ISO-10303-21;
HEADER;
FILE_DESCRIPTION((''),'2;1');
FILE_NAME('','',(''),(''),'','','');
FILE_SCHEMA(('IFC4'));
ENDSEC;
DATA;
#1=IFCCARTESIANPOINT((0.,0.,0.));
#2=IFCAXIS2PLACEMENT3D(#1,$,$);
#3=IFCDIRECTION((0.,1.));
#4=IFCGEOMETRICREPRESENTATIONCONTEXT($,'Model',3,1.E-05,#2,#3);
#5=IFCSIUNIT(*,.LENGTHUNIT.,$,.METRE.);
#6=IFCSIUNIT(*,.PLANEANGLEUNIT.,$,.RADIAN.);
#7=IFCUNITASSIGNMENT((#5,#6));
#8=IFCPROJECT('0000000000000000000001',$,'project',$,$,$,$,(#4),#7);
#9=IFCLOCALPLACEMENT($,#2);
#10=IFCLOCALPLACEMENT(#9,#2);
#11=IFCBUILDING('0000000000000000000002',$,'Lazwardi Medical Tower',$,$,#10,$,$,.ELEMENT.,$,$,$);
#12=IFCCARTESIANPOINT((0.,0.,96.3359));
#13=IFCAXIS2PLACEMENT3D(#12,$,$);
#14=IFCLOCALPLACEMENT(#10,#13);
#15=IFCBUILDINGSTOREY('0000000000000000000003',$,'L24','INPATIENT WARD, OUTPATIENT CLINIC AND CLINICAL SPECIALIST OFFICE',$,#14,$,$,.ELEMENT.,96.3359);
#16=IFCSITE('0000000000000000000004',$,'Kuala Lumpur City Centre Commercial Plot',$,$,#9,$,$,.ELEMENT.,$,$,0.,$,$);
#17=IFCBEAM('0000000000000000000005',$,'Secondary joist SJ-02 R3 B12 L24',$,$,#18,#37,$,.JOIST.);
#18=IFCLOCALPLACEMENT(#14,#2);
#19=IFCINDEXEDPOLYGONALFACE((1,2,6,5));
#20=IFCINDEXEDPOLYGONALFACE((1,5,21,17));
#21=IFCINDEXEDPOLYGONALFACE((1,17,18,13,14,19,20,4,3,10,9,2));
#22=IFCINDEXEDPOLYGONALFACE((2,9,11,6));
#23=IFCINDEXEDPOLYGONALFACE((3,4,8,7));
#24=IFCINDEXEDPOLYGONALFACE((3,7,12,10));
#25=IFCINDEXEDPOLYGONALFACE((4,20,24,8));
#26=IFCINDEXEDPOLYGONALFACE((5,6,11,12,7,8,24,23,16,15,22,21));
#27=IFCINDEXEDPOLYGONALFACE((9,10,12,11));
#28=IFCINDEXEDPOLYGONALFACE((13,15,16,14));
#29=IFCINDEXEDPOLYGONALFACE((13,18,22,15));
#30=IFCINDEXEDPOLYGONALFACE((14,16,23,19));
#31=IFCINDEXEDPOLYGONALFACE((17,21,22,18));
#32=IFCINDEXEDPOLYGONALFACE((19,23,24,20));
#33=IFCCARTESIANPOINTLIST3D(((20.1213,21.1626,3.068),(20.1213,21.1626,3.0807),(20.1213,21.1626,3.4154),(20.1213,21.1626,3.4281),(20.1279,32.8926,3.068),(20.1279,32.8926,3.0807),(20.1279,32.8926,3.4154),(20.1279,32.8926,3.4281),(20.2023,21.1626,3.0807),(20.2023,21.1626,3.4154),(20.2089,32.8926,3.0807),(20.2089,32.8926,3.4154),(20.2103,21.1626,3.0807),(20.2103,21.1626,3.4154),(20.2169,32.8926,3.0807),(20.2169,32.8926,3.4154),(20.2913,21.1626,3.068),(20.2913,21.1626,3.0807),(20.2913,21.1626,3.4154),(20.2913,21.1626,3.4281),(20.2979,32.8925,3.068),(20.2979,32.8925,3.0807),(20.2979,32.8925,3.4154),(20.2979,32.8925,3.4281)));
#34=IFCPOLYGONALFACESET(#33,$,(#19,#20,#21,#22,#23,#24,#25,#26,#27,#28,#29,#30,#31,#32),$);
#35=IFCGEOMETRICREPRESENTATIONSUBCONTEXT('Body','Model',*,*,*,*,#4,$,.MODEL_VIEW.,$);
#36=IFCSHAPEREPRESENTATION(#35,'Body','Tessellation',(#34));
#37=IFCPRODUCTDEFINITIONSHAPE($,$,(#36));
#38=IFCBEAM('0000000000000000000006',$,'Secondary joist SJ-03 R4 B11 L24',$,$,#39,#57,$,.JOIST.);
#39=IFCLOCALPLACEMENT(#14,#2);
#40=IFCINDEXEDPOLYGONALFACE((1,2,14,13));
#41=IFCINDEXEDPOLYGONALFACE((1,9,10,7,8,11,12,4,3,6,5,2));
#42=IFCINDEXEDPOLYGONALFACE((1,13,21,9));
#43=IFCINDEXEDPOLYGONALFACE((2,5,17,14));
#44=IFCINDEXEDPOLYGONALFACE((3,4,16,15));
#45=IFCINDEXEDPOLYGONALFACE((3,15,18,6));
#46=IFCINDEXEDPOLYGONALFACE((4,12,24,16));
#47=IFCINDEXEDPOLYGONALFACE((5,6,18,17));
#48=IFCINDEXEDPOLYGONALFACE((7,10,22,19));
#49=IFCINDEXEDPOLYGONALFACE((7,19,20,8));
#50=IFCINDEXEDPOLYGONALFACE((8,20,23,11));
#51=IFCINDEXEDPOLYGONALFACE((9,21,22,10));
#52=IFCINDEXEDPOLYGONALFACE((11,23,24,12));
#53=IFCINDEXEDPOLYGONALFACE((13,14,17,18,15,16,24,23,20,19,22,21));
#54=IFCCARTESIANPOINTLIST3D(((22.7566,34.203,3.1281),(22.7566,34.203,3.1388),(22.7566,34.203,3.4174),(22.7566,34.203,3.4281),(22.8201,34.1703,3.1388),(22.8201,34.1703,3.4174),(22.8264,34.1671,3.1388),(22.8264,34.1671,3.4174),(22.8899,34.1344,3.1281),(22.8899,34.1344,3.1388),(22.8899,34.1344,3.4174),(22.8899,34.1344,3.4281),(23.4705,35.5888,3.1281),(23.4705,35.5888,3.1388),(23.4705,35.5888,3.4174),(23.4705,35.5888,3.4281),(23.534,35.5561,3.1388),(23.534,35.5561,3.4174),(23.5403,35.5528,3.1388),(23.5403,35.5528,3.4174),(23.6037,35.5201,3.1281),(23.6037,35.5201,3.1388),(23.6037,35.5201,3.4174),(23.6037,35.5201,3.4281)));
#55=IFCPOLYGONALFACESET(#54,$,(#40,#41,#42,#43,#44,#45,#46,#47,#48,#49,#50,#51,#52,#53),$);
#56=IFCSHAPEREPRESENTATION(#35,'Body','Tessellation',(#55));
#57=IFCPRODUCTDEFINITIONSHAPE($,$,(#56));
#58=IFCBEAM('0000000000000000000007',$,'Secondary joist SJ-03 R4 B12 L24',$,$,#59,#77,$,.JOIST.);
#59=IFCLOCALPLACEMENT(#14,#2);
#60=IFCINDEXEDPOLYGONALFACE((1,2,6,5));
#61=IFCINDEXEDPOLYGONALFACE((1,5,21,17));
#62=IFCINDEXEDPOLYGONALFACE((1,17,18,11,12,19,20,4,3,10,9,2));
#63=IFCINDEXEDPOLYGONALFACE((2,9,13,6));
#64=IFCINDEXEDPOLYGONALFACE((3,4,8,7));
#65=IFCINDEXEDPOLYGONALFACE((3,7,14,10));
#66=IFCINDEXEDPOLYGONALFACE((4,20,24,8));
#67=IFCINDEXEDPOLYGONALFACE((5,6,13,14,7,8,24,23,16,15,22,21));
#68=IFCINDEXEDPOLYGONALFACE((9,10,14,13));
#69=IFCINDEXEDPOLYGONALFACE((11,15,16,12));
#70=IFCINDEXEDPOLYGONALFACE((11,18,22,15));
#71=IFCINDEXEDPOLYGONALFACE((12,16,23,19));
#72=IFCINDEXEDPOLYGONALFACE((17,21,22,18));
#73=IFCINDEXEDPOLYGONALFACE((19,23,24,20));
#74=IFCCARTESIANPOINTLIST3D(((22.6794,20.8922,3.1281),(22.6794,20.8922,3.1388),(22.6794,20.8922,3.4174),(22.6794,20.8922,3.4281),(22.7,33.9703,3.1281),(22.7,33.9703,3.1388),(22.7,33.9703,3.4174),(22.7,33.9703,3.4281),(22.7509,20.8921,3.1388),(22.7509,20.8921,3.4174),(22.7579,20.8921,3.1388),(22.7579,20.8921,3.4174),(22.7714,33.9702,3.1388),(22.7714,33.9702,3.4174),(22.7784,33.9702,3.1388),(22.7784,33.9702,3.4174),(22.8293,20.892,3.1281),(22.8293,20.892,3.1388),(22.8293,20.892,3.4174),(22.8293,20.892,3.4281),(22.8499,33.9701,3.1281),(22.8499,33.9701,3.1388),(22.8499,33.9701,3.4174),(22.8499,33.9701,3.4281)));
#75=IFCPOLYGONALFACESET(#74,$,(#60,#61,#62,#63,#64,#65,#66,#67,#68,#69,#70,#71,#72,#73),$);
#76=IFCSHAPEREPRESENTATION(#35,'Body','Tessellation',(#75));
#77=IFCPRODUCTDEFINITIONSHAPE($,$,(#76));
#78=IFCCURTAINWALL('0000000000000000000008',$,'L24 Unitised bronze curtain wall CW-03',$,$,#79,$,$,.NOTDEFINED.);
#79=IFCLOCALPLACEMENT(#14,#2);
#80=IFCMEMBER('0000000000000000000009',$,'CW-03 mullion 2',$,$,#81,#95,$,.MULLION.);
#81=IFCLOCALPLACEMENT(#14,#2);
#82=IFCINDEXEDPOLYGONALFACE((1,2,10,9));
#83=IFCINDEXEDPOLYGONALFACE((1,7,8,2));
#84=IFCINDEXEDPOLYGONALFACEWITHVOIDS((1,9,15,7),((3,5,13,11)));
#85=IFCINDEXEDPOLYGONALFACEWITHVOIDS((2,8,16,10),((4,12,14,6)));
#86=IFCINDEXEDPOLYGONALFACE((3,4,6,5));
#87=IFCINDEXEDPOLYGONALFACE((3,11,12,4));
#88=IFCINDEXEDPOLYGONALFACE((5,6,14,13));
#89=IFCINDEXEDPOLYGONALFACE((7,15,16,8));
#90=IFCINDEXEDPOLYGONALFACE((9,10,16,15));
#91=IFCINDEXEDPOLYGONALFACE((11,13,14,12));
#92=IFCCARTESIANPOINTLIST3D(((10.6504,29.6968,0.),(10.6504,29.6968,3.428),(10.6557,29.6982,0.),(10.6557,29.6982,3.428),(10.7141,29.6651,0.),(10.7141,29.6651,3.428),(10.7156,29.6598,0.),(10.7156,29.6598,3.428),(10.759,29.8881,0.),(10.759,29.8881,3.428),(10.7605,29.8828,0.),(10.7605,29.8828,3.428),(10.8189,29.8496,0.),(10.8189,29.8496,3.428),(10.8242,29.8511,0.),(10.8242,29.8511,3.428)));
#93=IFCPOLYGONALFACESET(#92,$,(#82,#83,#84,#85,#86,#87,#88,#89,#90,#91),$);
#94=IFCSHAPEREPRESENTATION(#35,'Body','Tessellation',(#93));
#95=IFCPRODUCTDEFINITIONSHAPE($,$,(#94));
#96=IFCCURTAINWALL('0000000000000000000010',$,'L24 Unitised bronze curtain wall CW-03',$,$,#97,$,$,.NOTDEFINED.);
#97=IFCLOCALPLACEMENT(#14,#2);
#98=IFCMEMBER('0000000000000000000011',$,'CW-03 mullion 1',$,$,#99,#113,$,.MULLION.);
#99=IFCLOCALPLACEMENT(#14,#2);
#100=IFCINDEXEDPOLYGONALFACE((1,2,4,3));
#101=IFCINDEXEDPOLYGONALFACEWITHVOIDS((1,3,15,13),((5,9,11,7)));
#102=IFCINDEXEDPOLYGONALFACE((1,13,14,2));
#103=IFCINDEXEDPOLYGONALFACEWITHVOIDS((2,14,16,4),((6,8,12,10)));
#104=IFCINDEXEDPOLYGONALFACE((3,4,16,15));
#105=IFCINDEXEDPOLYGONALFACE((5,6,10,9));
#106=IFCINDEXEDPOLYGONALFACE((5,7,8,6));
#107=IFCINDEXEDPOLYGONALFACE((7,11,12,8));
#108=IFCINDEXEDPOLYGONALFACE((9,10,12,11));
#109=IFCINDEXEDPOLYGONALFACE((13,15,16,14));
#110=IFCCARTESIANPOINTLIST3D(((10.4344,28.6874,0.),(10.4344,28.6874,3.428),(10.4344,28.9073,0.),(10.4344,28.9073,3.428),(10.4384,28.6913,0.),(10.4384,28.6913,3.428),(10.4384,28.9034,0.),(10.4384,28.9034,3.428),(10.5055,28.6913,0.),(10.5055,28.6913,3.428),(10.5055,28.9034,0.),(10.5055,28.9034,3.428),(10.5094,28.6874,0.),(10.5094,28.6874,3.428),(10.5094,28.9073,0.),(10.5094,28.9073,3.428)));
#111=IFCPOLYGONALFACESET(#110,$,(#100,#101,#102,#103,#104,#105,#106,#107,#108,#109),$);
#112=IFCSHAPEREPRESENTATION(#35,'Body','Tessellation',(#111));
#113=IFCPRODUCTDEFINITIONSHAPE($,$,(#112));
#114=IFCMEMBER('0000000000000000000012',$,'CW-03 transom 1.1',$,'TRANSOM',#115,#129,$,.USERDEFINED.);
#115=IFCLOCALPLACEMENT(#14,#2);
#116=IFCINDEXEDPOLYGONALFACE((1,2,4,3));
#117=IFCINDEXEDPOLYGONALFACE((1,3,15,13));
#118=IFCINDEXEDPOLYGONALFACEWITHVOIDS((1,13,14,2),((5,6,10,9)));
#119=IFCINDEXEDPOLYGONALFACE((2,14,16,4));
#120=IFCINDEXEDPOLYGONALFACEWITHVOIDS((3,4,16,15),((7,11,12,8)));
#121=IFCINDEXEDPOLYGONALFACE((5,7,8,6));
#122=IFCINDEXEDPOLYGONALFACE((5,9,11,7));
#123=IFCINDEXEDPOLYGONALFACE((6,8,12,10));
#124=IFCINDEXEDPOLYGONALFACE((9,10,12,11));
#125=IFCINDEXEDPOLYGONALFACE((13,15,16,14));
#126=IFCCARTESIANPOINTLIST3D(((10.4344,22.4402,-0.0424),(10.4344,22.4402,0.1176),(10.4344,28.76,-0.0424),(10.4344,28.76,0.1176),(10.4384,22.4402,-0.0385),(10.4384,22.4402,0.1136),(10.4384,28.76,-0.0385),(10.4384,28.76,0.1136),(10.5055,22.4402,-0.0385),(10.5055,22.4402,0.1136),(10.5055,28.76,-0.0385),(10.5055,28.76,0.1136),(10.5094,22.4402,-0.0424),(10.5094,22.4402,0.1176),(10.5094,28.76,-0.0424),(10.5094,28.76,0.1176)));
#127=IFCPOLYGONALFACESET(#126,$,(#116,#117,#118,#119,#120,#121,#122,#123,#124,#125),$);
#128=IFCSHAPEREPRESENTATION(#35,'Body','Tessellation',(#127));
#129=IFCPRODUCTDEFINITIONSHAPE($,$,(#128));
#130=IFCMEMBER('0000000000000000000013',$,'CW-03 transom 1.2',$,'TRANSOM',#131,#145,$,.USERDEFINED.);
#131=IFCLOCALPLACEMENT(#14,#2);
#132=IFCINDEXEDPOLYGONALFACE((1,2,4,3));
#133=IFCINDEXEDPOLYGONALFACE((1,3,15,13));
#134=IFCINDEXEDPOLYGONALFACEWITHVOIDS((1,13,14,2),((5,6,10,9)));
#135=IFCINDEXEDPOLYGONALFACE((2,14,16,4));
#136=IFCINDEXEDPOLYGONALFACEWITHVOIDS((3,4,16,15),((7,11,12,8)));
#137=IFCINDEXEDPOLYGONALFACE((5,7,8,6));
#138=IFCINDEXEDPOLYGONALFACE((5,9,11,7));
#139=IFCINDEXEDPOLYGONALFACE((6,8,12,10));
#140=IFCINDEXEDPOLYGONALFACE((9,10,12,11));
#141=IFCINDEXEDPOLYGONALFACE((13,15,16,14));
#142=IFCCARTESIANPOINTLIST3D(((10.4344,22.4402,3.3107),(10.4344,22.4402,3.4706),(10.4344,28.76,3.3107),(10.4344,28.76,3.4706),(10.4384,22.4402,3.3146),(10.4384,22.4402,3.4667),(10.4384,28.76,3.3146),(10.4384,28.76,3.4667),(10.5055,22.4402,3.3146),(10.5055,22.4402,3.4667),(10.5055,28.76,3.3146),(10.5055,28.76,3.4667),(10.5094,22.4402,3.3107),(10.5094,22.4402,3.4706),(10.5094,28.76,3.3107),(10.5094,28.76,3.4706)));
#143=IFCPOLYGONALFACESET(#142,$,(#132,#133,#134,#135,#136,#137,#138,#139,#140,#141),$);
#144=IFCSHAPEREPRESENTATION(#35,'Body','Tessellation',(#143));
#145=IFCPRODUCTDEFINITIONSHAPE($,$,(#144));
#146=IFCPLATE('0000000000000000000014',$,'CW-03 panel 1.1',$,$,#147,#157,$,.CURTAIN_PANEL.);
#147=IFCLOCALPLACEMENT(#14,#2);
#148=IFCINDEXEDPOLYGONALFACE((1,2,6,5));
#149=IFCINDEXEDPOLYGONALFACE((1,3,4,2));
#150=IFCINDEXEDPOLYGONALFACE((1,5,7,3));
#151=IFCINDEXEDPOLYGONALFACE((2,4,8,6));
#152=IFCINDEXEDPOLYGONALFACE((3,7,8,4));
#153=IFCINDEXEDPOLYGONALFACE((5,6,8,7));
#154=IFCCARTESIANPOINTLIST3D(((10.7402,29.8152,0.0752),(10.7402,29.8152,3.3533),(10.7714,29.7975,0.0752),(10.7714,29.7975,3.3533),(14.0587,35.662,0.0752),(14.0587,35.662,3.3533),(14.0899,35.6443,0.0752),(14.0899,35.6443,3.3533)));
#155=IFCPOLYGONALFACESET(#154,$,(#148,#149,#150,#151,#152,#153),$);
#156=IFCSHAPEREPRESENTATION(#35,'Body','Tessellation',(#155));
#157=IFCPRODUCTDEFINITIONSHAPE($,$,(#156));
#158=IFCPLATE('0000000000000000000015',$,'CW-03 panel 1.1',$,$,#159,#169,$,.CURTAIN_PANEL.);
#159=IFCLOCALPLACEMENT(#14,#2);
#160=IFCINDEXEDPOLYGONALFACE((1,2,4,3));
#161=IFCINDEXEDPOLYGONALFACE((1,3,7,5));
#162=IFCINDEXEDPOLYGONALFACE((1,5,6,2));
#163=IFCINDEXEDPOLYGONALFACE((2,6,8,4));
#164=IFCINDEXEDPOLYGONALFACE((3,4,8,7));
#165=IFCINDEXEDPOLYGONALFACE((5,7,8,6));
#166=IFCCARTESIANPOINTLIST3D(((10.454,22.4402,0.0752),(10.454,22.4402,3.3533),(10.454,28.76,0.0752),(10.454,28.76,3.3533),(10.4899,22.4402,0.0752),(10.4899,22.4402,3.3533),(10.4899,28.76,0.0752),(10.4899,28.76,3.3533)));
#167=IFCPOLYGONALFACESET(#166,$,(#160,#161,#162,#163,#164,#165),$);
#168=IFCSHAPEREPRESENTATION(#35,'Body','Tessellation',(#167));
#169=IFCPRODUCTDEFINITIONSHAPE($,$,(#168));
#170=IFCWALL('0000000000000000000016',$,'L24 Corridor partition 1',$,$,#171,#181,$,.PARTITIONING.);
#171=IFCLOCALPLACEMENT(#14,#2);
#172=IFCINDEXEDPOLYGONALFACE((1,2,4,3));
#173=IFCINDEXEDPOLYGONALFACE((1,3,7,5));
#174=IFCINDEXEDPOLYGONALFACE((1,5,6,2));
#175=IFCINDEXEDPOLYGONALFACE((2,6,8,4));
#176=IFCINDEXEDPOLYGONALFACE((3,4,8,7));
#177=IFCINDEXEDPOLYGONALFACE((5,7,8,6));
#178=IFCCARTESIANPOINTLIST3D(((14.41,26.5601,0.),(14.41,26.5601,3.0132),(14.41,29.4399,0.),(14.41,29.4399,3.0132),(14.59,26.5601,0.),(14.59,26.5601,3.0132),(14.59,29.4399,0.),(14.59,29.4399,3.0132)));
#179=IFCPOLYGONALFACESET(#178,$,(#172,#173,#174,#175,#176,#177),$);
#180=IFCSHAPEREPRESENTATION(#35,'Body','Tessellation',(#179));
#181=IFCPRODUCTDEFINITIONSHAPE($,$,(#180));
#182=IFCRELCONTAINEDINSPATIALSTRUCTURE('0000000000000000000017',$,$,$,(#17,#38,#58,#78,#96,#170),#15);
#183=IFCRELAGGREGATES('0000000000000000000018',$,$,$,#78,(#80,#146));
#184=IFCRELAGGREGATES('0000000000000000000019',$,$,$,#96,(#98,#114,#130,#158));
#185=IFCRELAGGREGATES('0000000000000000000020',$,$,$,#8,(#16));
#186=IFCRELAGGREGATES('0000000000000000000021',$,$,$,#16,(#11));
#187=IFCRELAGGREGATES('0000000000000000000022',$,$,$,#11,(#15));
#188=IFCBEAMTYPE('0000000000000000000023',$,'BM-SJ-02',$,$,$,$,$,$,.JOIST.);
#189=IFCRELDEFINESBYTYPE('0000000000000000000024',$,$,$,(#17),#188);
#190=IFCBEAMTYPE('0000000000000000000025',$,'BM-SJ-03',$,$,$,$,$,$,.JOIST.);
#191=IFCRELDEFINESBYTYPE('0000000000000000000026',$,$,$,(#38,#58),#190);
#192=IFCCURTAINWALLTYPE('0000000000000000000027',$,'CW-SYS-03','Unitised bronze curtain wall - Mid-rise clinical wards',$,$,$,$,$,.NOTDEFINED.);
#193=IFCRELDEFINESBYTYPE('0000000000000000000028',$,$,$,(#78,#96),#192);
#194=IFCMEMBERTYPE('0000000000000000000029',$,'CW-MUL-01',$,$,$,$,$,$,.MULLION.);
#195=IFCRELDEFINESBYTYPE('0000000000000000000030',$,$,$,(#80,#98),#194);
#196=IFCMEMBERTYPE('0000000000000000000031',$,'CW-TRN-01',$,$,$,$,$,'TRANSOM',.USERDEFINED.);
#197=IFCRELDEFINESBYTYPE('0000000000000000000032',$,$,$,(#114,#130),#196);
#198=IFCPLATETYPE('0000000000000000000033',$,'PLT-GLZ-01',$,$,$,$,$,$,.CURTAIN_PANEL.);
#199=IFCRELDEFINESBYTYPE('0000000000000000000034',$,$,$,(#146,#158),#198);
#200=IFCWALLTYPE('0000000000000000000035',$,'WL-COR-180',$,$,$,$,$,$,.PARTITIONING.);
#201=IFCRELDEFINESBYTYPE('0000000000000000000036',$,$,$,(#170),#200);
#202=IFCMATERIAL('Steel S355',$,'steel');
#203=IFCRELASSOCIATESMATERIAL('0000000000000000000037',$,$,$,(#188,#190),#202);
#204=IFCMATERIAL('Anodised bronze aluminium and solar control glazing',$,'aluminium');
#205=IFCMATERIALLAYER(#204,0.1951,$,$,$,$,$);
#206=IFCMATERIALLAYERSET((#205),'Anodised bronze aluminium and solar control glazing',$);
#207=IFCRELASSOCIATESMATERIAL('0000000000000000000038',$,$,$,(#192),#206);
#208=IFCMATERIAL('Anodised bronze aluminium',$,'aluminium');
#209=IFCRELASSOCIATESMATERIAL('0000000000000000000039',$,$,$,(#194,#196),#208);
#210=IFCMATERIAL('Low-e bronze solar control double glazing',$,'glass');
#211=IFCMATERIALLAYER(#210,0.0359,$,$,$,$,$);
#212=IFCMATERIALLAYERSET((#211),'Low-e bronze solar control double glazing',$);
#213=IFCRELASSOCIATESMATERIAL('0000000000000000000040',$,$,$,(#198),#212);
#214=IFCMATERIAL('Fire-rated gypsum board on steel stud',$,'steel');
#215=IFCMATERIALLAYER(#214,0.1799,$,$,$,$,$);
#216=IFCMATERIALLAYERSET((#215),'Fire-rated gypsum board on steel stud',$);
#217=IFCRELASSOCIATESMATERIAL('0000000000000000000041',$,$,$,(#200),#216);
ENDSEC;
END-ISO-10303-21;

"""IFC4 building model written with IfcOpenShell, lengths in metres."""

from ifc_helpers import new_model, si_unit, direction, frame, frame_2d, origin, origin_2d, place, context, subcontext, project, spatial, rectangle, hollow_rectangle, i_section, extrude, material, layer, layer_set, material_profile, profile_set, type_object, element, aggregate, save


model = new_model("IFC4")

# Units and contexts
model_context = context("Model", 3, precision=1e-05, world=origin(), true_north=direction((0.0, 1.0)))
body_context = subcontext(model_context, "Body", "Model", "MODEL_VIEW")
ifc_project = project(units=[si_unit("LENGTHUNIT", "METRE"), si_unit("PLANEANGLEUNIT", "RADIAN")], contexts=[model_context])

# Site, building, storey
site_placement = place(None, origin())
site = spatial("IfcSite", under=ifc_project, at=site_placement, Name="Kuala Lumpur City Centre Commercial Plot", CompositionType="ELEMENT", RefElevation=0.0)
building_placement = place(site_placement, origin())
building = spatial("IfcBuilding", under=site, at=building_placement, Name="Lazwardi Medical Tower", CompositionType="ELEMENT")
storey_placement = place(building_placement, frame((0.0, 0.0, 96.3359)))
storey = spatial("IfcBuildingStorey", under=building, at=storey_placement, Name="L24", Description="INPATIENT WARD, OUTPATIENT CLINIC AND CLINICAL SPECIALIST OFFICE", CompositionType="ELEMENT", Elevation=96.3359)

# Beams
ifc_material_1 = material(Name="Steel S355", Category="steel")
ifc_material_profile_1 = material_profile(ifc_material_1, i_section(OverallWidth=0.1699, OverallDepth=0.3601, WebThickness=0.0081, FlangeThickness=0.0127, at=origin_2d()), Name="IPE 360")
ifc_profile_set_1 = profile_set([ifc_material_profile_1], Name="Steel S355")
beam_type_1 = type_object("IfcBeamType", Name="BM-SJ-02", PredefinedType="JOIST", material=ifc_profile_set_1)
beam_1_placement = place(storey_placement, frame((20.2129, 32.8926, 3.248), z_axis=(-0.000562, -1.0, 0.0), x_axis=(1.0, -0.000562, 0.0)))
element("IfcBeam", 1, at=beam_1_placement, inside=storey, type_object=beam_type_1, Name="Secondary joist SJ-02 R3 B12 L24", PredefinedType="JOIST", context=body_context, shape_type="SweptSolid", body=[
    extrude(i_section(OverallWidth=0.1699, OverallDepth=0.3601, WebThickness=0.0081, FlangeThickness=0.0127, at=origin_2d()), origin(), (0.0, 0.0, 1.0), 11.73),
])
ifc_material_profile_2 = material_profile(ifc_material_1, i_section(OverallWidth=0.1499, OverallDepth=0.3, WebThickness=0.0071, FlangeThickness=0.0107, at=origin_2d()), Name="IPE 300")
ifc_profile_set_2 = profile_set([ifc_material_profile_2], Name="Steel S355")
beam_type_2 = type_object("IfcBeamType", Name="BM-SJ-03", PredefinedType="JOIST", material=ifc_profile_set_2)
beam_2_placement = place(storey_placement, frame((23.5371, 35.5544, 3.2781), z_axis=(-0.457957, -0.888975, 0.0), x_axis=(0.888975, -0.457957, 0.0)))
element("IfcBeam", 2, at=beam_2_placement, inside=storey, type_object=beam_type_2, Name="Secondary joist SJ-03 R4 B11 L24", PredefinedType="JOIST", context=body_context, shape_type="SweptSolid", body=[
    extrude(i_section(OverallWidth=0.1499, OverallDepth=0.3, WebThickness=0.0071, FlangeThickness=0.0107, at=origin_2d()), origin(), (0.0, 0.0, 1.0), 1.5588),
])
beam_3_placement = place(storey_placement, frame((22.7749, 33.9702, 3.2781), z_axis=(-0.001568, -0.999999, 0.0), x_axis=(0.999999, -0.001568, 0.0)))
element("IfcBeam", 3, at=beam_3_placement, inside=storey, type_object=beam_type_2, Name="Secondary joist SJ-03 R4 B12 L24", PredefinedType="JOIST", context=body_context, shape_type="SweptSolid", body=[
    extrude(i_section(OverallWidth=0.1499, OverallDepth=0.3, WebThickness=0.0071, FlangeThickness=0.0107, at=origin_2d()), origin(), (0.0, 0.0, 1.0), 13.0781),
])

# Curtain wall, member
ifc_material_2 = material(Name="Anodised bronze aluminium and solar control glazing", Category="aluminium")
ifc_layer_1 = layer(ifc_material_2, 0.1951)
ifc_layer_set_1 = layer_set([ifc_layer_1], Name="Anodised bronze aluminium and solar control glazing")
curtain_wall_type = type_object("IfcCurtainWallType", Name="CW-SYS-03", Description="Unitised bronze curtain wall - Mid-rise clinical wards", PredefinedType="NOTDEFINED", material=ifc_layer_set_1)
curtain_wall_1_placement = place(storey_placement, origin())
curtain_wall_1 = element("IfcCurtainWall", 4, at=curtain_wall_1_placement, inside=storey, type_object=curtain_wall_type, Name="L24 Unitised bronze curtain wall CW-03", PredefinedType="NOTDEFINED")
ifc_material_3 = material(Name="Anodised bronze aluminium", Category="aluminium")
ifc_material_profile_3 = material_profile(ifc_material_3, hollow_rectangle(XDim=0.075, YDim=0.22, WallThickness=0.0039, at=origin_2d()), Name="ALU-MULLION 220x75x4")
ifc_profile_set_3 = profile_set([ifc_material_profile_3], Name="Anodised bronze aluminium")
member_type_1 = type_object("IfcMemberType", Name="CW-MUL-01", PredefinedType="MULLION", material=ifc_profile_set_3)
member_1_placement = place(storey_placement, frame((10.7373, 29.7739, 0.0), z_axis=(0.0, 0.0, 1.0), x_axis=(0.869687, -0.493603, 0.0)))
member_1 = element("IfcMember", 5, at=member_1_placement, type_object=member_type_1, Name="CW-03 mullion 2", PredefinedType="MULLION", context=body_context, shape_type="SweptSolid", body=[
    extrude(hollow_rectangle(XDim=0.075, YDim=0.22, WallThickness=0.0039, at=origin_2d()), origin(), (0.0, 0.0, 1.0), 3.428),
])

# Curtain wall, members
curtain_wall_2_placement = place(storey_placement, origin())
curtain_wall_2 = element("IfcCurtainWall", 6, at=curtain_wall_2_placement, inside=storey, type_object=curtain_wall_type, Name="L24 Unitised bronze curtain wall CW-03", PredefinedType="NOTDEFINED")
member_2_placement = place(storey_placement, frame((10.4719, 28.7974, 0.0), z_axis=(0.0, 0.0, 1.0), x_axis=(1.0, 0.0, 0.0)))
member_2 = element("IfcMember", 7, at=member_2_placement, type_object=member_type_1, Name="CW-03 mullion 1", PredefinedType="MULLION", context=body_context, shape_type="SweptSolid", body=[
    extrude(hollow_rectangle(XDim=0.075, YDim=0.22, WallThickness=0.0039, at=origin_2d()), origin(), (0.0, 0.0, 1.0), 3.428),
])
ifc_material_profile_4 = material_profile(ifc_material_3, hollow_rectangle(XDim=0.075, YDim=0.1599, WallThickness=0.0039, at=origin_2d()), Name="ALU-TRANSOM 160x75x4")
ifc_profile_set_4 = profile_set([ifc_material_profile_4], Name="Anodised bronze aluminium")
member_type_2 = type_object("IfcMemberType", Name="CW-TRN-01", ElementType="TRANSOM", PredefinedType="USERDEFINED", material=ifc_profile_set_4)
member_3_placement = place(storey_placement, frame((10.4719, 28.76, 0.0376), z_axis=(0.0, -1.0, 0.0), x_axis=(1.0, 0.0, 0.0)))
member_3 = element("IfcMember", 8, at=member_3_placement, type_object=member_type_2, Name="CW-03 transom 1.1", ObjectType="TRANSOM", PredefinedType="USERDEFINED", context=body_context, shape_type="SweptSolid", body=[
    extrude(hollow_rectangle(XDim=0.075, YDim=0.1599, WallThickness=0.0039, at=origin_2d()), origin(), (0.0, 0.0, 1.0), 6.3198),
])
member_4_placement = place(storey_placement, frame((10.4719, 28.76, 3.3906), z_axis=(0.0, -1.0, 0.0), x_axis=(1.0, 0.0, 0.0)))
member_4 = element("IfcMember", 9, at=member_4_placement, type_object=member_type_2, Name="CW-03 transom 1.2", ObjectType="TRANSOM", PredefinedType="USERDEFINED", context=body_context, shape_type="SweptSolid", body=[
    extrude(hollow_rectangle(XDim=0.075, YDim=0.1599, WallThickness=0.0039, at=origin_2d()), origin(), (0.0, 0.0, 1.0), 6.3198),
])

# Plates
ifc_material_4 = material(Name="Low-e bronze solar control double glazing", Category="glass")
ifc_layer_2 = layer(ifc_material_4, 0.0359)
ifc_layer_set_2 = layer_set([ifc_layer_2], Name="Low-e bronze solar control double glazing")
plate_type = type_object("IfcPlateType", Name="PLT-GLZ-01", PredefinedType="CURTAIN_PANEL", material=ifc_layer_set_2)
plate_1_placement = place(storey_placement, frame((12.415, 32.7297, 0.0752), z_axis=(0.0, 0.0, 1.0), x_axis=(-0.493603, -0.869687, 0.0)))
plate_1 = element("IfcPlate", 10, at=plate_1_placement, type_object=plate_type, Name="CW-03 panel 1.1", PredefinedType="CURTAIN_PANEL", context=body_context, shape_type="SweptSolid", body=[
    extrude(rectangle(XDim=6.7229, YDim=0.0359, at=origin_2d()), origin(), (0.0, 0.0, 1.0), 3.2781),
])
aggregate(curtain_wall_1, [member_1, plate_1])
plate_2_placement = place(storey_placement, frame((10.4719, 25.6001, 0.0752), z_axis=(0.0, 0.0, 1.0), x_axis=(0.0, -1.0, 0.0)))
plate_2 = element("IfcPlate", 11, at=plate_2_placement, type_object=plate_type, Name="CW-03 panel 1.1", PredefinedType="CURTAIN_PANEL", context=body_context, shape_type="SweptSolid", body=[
    extrude(rectangle(XDim=6.3198, YDim=0.0359, at=origin_2d()), origin(), (0.0, 0.0, 1.0), 3.2781),
])
aggregate(curtain_wall_2, [member_2, member_3, member_4, plate_2])

# Wall
ifc_material_5 = material(Name="Fire-rated gypsum board on steel stud", Category="steel")
ifc_layer_3 = layer(ifc_material_5, 0.1799)
ifc_layer_set_3 = layer_set([ifc_layer_3], Name="Fire-rated gypsum board on steel stud")
wall_type_1 = type_object("IfcWallType", Name="WL-COR-180", PredefinedType="PARTITIONING", material=ifc_layer_set_3)
wall_1_placement = place(storey_placement, frame((14.5, 26.5601, 0.0), z_axis=(0.0, 0.0, 1.0), x_axis=(0.0, 1.0, 0.0)))
element("IfcWall", 12, at=wall_1_placement, inside=storey, type_object=wall_type_1, Name="L24 Corridor partition 1", PredefinedType="PARTITIONING", context=body_context, shape_type="SweptSolid", body=[
    extrude(rectangle(XDim=2.8799, YDim=0.1799, at=frame_2d((1.4399, 0.0))), origin(), (0.0, 0.0, 1.0), 3.0132),
])

save(model, "model.ifc")
